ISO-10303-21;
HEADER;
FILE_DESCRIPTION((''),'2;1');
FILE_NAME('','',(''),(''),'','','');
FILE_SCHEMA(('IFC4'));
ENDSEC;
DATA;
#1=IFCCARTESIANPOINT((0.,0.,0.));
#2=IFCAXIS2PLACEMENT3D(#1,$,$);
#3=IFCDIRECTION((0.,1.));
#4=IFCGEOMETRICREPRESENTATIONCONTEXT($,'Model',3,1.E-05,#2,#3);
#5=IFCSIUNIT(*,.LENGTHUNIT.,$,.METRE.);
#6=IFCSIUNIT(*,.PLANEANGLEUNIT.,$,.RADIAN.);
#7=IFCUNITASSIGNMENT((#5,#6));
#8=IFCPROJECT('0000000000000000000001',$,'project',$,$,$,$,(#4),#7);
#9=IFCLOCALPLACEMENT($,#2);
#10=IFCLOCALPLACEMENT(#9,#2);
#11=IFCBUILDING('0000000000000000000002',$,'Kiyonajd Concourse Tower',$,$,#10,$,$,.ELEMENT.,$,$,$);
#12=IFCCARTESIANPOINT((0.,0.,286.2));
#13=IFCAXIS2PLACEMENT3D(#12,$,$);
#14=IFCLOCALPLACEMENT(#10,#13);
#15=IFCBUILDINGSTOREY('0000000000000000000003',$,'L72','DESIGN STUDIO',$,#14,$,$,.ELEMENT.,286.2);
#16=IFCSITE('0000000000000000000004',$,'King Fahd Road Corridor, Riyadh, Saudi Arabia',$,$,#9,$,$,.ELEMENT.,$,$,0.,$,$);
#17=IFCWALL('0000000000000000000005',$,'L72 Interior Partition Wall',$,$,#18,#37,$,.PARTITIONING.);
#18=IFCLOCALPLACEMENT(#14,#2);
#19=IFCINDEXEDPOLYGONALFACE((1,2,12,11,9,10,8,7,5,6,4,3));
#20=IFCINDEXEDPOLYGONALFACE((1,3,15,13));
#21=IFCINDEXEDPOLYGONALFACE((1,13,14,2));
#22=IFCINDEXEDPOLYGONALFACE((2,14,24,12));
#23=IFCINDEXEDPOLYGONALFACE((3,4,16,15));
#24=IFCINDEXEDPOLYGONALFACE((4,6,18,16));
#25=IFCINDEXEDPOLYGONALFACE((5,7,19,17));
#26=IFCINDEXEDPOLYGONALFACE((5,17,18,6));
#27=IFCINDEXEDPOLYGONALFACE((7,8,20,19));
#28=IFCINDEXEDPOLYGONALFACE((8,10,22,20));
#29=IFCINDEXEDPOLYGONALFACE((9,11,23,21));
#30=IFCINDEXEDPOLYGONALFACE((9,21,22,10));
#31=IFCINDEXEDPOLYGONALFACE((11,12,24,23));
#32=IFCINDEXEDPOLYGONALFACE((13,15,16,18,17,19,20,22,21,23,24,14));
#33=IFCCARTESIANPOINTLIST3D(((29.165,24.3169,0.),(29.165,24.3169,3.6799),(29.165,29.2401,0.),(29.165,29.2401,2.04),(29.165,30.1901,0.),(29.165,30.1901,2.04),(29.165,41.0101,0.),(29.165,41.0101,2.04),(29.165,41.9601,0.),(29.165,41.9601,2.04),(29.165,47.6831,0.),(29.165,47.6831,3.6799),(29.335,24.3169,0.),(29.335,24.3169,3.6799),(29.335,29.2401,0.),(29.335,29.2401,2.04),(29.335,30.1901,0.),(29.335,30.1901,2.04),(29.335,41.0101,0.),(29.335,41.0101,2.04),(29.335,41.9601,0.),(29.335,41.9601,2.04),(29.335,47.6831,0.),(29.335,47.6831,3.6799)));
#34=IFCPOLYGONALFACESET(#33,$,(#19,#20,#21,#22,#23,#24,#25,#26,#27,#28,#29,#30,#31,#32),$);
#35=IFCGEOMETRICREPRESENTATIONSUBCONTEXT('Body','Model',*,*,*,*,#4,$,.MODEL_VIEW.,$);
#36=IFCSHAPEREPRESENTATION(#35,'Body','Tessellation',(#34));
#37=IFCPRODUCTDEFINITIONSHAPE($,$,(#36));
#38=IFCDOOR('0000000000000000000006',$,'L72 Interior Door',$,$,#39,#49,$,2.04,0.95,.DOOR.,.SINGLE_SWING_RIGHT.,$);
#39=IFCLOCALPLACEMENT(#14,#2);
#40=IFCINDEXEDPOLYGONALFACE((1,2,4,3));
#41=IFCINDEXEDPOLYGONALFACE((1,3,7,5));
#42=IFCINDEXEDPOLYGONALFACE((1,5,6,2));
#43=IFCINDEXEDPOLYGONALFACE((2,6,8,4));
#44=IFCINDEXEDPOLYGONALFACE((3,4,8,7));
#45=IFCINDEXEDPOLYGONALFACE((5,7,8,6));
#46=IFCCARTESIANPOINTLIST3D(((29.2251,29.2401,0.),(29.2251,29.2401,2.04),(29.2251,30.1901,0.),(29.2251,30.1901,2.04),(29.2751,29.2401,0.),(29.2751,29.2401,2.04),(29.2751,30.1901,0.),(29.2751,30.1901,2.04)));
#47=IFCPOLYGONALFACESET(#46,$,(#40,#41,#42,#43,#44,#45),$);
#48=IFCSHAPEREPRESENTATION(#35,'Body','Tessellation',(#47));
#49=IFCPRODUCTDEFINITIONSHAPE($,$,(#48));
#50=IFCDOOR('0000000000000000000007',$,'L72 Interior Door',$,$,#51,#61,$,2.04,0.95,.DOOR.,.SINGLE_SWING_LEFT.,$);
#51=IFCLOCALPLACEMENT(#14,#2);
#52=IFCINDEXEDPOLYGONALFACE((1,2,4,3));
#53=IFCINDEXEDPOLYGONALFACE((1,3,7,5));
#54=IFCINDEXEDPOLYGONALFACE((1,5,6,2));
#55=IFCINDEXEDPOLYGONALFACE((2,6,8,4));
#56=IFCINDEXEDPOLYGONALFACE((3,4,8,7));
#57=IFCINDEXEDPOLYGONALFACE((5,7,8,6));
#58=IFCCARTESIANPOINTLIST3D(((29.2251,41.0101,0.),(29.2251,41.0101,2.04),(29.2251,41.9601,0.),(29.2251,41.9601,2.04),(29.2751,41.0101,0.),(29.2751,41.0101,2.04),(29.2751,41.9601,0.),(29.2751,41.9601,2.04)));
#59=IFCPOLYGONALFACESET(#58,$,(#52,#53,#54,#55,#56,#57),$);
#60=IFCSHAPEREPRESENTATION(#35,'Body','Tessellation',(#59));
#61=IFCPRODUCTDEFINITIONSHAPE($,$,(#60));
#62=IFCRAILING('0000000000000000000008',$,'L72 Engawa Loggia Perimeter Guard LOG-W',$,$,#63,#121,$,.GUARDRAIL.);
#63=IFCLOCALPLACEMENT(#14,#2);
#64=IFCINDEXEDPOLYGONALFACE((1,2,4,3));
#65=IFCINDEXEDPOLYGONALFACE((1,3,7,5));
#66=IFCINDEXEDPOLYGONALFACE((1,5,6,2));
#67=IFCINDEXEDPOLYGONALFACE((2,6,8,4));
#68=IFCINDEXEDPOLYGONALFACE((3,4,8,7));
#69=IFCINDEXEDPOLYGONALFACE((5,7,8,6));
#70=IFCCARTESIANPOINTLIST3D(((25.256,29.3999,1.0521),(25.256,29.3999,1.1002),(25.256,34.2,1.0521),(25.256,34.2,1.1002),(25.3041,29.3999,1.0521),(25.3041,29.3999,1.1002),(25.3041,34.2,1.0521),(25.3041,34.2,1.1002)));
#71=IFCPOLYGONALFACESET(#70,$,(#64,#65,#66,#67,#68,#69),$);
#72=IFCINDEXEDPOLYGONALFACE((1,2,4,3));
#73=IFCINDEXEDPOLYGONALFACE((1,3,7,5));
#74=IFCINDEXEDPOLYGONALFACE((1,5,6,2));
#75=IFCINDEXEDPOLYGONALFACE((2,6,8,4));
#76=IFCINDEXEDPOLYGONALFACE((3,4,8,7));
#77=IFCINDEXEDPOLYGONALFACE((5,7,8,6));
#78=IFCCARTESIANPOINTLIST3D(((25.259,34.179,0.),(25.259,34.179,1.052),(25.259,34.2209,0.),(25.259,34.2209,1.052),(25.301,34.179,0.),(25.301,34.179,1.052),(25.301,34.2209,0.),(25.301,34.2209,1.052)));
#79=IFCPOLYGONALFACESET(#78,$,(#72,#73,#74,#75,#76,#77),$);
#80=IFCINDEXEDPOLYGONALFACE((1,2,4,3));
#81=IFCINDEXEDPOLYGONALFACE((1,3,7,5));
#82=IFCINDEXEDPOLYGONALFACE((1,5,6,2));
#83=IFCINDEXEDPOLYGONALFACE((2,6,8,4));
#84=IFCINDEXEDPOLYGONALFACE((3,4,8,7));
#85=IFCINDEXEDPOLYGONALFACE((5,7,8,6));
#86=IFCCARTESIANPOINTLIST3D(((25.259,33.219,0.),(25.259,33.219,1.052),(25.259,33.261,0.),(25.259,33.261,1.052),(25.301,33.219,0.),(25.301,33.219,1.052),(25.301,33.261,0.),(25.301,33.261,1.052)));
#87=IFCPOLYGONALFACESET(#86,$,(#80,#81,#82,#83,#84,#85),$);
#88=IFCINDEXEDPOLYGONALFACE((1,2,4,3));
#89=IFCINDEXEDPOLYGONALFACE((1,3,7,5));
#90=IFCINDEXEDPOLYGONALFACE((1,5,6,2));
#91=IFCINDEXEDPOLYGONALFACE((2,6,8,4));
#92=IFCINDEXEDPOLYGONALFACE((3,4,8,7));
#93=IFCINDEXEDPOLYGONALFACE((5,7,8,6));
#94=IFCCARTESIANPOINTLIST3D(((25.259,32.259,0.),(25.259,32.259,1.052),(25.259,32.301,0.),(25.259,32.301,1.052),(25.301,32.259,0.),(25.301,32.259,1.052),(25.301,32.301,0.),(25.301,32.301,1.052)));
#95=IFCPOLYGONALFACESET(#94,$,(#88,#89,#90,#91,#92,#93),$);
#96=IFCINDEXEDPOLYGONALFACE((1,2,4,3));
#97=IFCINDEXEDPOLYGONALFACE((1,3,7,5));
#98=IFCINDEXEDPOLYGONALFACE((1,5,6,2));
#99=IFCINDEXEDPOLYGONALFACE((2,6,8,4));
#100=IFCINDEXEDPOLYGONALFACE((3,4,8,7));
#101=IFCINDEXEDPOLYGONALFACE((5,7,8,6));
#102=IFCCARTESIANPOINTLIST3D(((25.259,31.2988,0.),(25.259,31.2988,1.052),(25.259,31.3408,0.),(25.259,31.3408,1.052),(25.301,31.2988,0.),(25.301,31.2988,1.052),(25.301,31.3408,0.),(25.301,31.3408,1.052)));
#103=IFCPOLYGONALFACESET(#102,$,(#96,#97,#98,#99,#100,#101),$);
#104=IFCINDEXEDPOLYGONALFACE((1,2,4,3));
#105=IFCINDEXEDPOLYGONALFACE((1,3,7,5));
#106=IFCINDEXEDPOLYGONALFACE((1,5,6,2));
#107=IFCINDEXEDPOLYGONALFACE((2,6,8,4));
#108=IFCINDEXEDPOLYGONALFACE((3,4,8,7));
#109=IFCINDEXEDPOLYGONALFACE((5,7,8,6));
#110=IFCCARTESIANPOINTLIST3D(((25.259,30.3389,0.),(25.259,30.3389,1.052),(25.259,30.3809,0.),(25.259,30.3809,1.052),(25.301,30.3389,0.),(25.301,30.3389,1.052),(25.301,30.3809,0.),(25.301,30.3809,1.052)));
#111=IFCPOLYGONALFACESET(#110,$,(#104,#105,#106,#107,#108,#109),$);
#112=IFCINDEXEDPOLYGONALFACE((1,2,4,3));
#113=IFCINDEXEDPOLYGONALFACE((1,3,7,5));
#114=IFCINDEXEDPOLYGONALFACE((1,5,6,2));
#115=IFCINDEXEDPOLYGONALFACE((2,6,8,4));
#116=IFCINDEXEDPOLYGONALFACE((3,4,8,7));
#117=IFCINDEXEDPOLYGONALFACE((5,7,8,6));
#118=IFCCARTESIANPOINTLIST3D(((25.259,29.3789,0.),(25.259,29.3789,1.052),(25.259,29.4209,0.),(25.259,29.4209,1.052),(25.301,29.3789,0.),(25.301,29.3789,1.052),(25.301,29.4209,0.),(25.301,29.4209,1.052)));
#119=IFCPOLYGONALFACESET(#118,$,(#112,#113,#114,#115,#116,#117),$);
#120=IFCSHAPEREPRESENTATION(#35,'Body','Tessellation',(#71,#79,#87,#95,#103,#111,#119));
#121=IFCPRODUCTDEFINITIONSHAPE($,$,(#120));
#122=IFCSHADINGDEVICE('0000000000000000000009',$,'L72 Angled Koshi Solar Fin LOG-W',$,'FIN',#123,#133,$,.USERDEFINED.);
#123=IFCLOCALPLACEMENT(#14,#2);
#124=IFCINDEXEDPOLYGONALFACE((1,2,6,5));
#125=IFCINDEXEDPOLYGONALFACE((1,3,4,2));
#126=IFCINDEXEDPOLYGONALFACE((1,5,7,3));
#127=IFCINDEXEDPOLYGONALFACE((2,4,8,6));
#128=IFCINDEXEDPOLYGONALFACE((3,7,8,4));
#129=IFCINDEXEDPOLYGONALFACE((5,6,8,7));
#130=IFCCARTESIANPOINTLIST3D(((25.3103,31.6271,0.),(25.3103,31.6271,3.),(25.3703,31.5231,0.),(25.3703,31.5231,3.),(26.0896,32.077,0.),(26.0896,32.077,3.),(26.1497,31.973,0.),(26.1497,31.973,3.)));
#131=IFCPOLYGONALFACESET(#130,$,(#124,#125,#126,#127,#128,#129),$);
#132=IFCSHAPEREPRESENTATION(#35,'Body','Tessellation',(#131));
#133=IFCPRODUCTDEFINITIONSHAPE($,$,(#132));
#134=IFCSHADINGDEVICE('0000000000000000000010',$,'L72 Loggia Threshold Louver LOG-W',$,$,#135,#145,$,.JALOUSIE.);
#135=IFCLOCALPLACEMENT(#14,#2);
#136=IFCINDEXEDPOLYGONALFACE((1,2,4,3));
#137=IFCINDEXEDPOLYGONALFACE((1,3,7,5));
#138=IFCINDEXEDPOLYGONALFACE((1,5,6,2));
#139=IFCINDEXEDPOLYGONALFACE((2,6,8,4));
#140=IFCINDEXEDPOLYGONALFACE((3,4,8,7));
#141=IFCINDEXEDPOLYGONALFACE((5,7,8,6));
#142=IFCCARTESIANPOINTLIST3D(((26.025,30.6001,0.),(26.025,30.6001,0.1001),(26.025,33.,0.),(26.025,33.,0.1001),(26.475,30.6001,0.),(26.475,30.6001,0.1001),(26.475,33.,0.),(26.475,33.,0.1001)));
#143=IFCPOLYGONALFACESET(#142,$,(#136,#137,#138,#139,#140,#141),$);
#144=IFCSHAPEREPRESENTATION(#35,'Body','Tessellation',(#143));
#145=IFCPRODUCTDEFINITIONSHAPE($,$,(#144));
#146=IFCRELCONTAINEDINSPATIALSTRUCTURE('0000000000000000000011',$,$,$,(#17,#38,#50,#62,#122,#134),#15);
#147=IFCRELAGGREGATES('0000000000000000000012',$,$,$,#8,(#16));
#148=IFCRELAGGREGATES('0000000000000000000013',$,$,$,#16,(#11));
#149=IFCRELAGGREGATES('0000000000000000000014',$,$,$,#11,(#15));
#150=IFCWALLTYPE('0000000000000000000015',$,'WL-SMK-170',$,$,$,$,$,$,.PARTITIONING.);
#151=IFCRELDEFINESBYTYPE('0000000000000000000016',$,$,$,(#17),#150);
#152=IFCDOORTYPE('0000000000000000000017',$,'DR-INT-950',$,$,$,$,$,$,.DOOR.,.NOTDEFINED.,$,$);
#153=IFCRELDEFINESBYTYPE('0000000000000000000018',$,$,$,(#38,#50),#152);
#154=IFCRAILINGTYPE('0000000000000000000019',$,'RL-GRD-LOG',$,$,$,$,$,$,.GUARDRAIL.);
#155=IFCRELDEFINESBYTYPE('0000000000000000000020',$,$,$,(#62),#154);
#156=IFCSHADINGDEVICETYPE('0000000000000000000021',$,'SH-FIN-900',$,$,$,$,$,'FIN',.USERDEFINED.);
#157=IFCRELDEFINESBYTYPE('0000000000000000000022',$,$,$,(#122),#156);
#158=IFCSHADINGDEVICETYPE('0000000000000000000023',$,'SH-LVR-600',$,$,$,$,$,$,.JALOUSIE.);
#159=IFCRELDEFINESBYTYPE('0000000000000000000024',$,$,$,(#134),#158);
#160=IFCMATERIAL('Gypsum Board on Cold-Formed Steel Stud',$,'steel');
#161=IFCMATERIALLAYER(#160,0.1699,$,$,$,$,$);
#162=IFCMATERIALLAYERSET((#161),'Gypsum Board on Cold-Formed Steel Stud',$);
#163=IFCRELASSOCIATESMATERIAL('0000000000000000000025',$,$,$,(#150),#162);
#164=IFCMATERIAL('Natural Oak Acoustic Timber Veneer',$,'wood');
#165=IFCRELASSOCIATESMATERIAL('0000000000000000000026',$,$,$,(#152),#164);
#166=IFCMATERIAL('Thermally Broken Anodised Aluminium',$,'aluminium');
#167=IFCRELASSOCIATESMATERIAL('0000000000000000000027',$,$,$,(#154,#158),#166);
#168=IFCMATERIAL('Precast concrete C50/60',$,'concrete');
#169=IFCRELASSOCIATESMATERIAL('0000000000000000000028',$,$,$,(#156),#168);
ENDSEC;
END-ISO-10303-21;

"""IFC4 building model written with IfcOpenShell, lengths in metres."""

from ifc_helpers import new_model, si_unit, direction, frame, frame_2d, origin, origin_2d, place, context, subcontext, project, spatial, rectangle, extrude, material, layer, layer_set, type_object, element, fill, save


model = new_model("IFC4")

# Units and contexts
model_context = context("Model", 3, precision=1e-05, world=origin(), true_north=direction((0.0, 1.0)))
body_context = subcontext(model_context, "Body", "Model", "MODEL_VIEW")
ifc_project = project(units=[si_unit("LENGTHUNIT", "METRE"), si_unit("PLANEANGLEUNIT", "RADIAN")], contexts=[model_context])

# Site, building, storey
site_placement = place(None, origin())
site = spatial("IfcSite", under=ifc_project, at=site_placement, Name="King Fahd Road Corridor, Riyadh, Saudi Arabia", CompositionType="ELEMENT", RefElevation=0.0)
building_placement = place(site_placement, origin())
building = spatial("IfcBuilding", under=site, at=building_placement, Name="Kiyonajd Concourse Tower", CompositionType="ELEMENT")
storey_placement = place(building_placement, frame((0.0, 0.0, 286.2)))
storey = spatial("IfcBuildingStorey", under=building, at=storey_placement, Name="L72", Description="DESIGN STUDIO", CompositionType="ELEMENT", Elevation=286.2)

# Shared definitions
ifc_material_1 = material(Name="Thermally Broken Anodised Aluminium", Category="aluminium")

# Shared definitions
ifc_material_2 = material(Name="Precast concrete C50/60", Category="concrete")

# Wall, openings, doors
ifc_material_3 = material(Name="Gypsum Board on Cold-Formed Steel Stud", Category="steel")
ifc_layer_1 = layer(ifc_material_3, 0.1699)
ifc_layer_set_1 = layer_set([ifc_layer_1], Name="Gypsum Board on Cold-Formed Steel Stud")
wall_type_1 = type_object("IfcWallType", Name="WL-SMK-170", PredefinedType="PARTITIONING", material=ifc_layer_set_1)
ifc_material_4 = material(Name="Natural Oak Acoustic Timber Veneer", Category="wood")
door_type_1 = type_object("IfcDoorType", Name="DR-INT-950", OperationType="NOTDEFINED", PredefinedType="DOOR", material=ifc_material_4)
wall_1_placement = place(storey_placement, frame((29.25, 24.3169, 0.0), z_axis=(0.0, 0.0, 1.0), x_axis=(0.0, 1.0, 0.0)))
wall_1 = element("IfcWall", 1, at=wall_1_placement, inside=storey, type_object=wall_type_1, Name="L72 Interior Partition Wall", PredefinedType="PARTITIONING", context=body_context, shape_type="SweptSolid", body=[
    extrude(rectangle(XDim=23.3662, YDim=0.1699, at=frame_2d((11.6831, 0.0))), origin(), (0.0, 0.0, 1.0), 3.6799),
])
opening_1_placement = place(wall_1_placement, frame((4.9231, 0.0, 0.0)))
opening_1 = element("IfcOpeningElement", 2, at=opening_1_placement, cuts=wall_1, PredefinedType="OPENING", context=body_context, shape_type="SweptSolid", body=[
    extrude(rectangle(XDim=0.95, YDim=2.04, at=frame_2d((0.4751, 1.02))), frame((0.0, 0.095, 0.0), z_axis=(0.0, -1.0, 0.0), x_axis=(1.0, 0.0, 0.0)), (0.0, 0.0, 1.0), 0.1899),
])
opening_2_placement = place(wall_1_placement, frame((16.6931, 0.0, 0.0)))
opening_2 = element("IfcOpeningElement", 3, at=opening_2_placement, cuts=wall_1, PredefinedType="OPENING", context=body_context, shape_type="SweptSolid", body=[
    extrude(rectangle(XDim=0.95, YDim=2.04, at=frame_2d((0.4751, 1.02))), frame((0.0, 0.095, 0.0), z_axis=(0.0, -1.0, 0.0), x_axis=(1.0, 0.0, 0.0)), (0.0, 0.0, 1.0), 0.1899),
])
door_1_placement = place(opening_1_placement, origin())
door_1 = element("IfcDoor", 4, at=door_1_placement, inside=storey, type_object=door_type_1, Name="L72 Interior Door", OperationType="SINGLE_SWING_RIGHT", OverallHeight=2.04, OverallWidth=0.95, PredefinedType="DOOR", context=body_context, shape_type="SweptSolid", body=[
    extrude(rectangle(XDim=0.95, YDim=2.04, at=frame_2d((0.4751, 1.02))), frame((0.0, 0.0249, 0.0), z_axis=(0.0, -1.0, 0.0), x_axis=(1.0, 0.0, 0.0)), (0.0, 0.0, 1.0), 0.05),
])
fill(opening_1, door_1)
door_2_placement = place(opening_2_placement, origin())
door_2 = element("IfcDoor", 5, at=door_2_placement, inside=storey, type_object=door_type_1, Name="L72 Interior Door", OperationType="SINGLE_SWING_LEFT", OverallHeight=2.04, OverallWidth=0.95, PredefinedType="DOOR", context=body_context, shape_type="SweptSolid", body=[
    extrude(rectangle(XDim=0.95, YDim=2.04, at=frame_2d((0.4751, 1.02))), frame((0.0, 0.0249, 0.0), z_axis=(0.0, -1.0, 0.0), x_axis=(1.0, 0.0, 0.0)), (0.0, 0.0, 1.0), 0.05),
])
fill(opening_2, door_2)

# Railing
railing_type = type_object("IfcRailingType", Name="RL-GRD-LOG", PredefinedType="GUARDRAIL", material=ifc_material_1)
railing_placement = place(storey_placement, frame((25.28, 34.2, 0.0)))
element("IfcRailing", 6, at=railing_placement, inside=storey, type_object=railing_type, Name="L72 Engawa Loggia Perimeter Guard LOG-W", PredefinedType="GUARDRAIL", context=body_context, shape_type="SweptSolid", body=[
    extrude(rectangle(XDim=0.0481, YDim=0.0481, at=origin_2d()), frame((0.0, 0.0, 1.0762), z_axis=(0.0, -1.0, 0.0), x_axis=(1.0, 0.0, 0.0)), (0.0, 0.0, 1.0), 4.8),
    extrude(rectangle(XDim=0.042, YDim=0.042, at=origin_2d()), origin(), (0.0, 0.0, 1.0), 1.052),
    extrude(rectangle(XDim=0.042, YDim=0.042, at=origin_2d()), frame((0.0, -0.96, 0.0)), (0.0, 0.0, 1.0), 1.052),
    extrude(rectangle(XDim=0.042, YDim=0.042, at=origin_2d()), frame((0.0, -1.9199, 0.0)), (0.0, 0.0, 1.0), 1.052),
    extrude(rectangle(XDim=0.042, YDim=0.042, at=origin_2d()), frame((0.0, -2.8801, 0.0)), (0.0, 0.0, 1.0), 1.052),
    extrude(rectangle(XDim=0.042, YDim=0.042, at=origin_2d()), frame((0.0, -3.8401, 0.0)), (0.0, 0.0, 1.0), 1.052),
    extrude(rectangle(XDim=0.042, YDim=0.042, at=origin_2d()), frame((0.0, -4.8, 0.0)), (0.0, 0.0, 1.0), 1.052),
])

# Shading devices
shading_device_type_1 = type_object("IfcShadingDeviceType", Name="SH-FIN-900", ElementType="FIN", PredefinedType="USERDEFINED", material=ifc_material_2)
shading_device_1_placement = place(storey_placement, frame((25.73, 31.8, 0.0), z_axis=(0.0, 0.0, 1.0), x_axis=(0.866025, 0.5, 0.0)))
element("IfcShadingDevice", 7, at=shading_device_1_placement, inside=storey, type_object=shading_device_type_1, Name="L72 Angled Koshi Solar Fin LOG-W", ObjectType="FIN", PredefinedType="USERDEFINED", context=body_context, shape_type="SweptSolid", body=[
    extrude(rectangle(XDim=0.8999, YDim=0.1201, at=origin_2d()), origin(), (0.0, 0.0, 1.0), 3.0),
])
shading_device_type_2 = type_object("IfcShadingDeviceType", Name="SH-LVR-600", PredefinedType="JALOUSIE", material=ifc_material_1)
shading_device_2_placement = place(storey_placement, frame((26.25, 31.8, 0.0), z_axis=(0.0, 0.0, 1.0), x_axis=(0.0, 1.0, 0.0)))
element("IfcShadingDevice", 8, at=shading_device_2_placement, inside=storey, type_object=shading_device_type_2, Name="L72 Loggia Threshold Louver LOG-W", PredefinedType="JALOUSIE", context=body_context, shape_type="SweptSolid", body=[
    extrude(rectangle(XDim=2.3999, YDim=0.45, at=origin_2d()), origin(), (0.0, 0.0, 1.0), 0.1001),
])

save(model, "model.ifc")
